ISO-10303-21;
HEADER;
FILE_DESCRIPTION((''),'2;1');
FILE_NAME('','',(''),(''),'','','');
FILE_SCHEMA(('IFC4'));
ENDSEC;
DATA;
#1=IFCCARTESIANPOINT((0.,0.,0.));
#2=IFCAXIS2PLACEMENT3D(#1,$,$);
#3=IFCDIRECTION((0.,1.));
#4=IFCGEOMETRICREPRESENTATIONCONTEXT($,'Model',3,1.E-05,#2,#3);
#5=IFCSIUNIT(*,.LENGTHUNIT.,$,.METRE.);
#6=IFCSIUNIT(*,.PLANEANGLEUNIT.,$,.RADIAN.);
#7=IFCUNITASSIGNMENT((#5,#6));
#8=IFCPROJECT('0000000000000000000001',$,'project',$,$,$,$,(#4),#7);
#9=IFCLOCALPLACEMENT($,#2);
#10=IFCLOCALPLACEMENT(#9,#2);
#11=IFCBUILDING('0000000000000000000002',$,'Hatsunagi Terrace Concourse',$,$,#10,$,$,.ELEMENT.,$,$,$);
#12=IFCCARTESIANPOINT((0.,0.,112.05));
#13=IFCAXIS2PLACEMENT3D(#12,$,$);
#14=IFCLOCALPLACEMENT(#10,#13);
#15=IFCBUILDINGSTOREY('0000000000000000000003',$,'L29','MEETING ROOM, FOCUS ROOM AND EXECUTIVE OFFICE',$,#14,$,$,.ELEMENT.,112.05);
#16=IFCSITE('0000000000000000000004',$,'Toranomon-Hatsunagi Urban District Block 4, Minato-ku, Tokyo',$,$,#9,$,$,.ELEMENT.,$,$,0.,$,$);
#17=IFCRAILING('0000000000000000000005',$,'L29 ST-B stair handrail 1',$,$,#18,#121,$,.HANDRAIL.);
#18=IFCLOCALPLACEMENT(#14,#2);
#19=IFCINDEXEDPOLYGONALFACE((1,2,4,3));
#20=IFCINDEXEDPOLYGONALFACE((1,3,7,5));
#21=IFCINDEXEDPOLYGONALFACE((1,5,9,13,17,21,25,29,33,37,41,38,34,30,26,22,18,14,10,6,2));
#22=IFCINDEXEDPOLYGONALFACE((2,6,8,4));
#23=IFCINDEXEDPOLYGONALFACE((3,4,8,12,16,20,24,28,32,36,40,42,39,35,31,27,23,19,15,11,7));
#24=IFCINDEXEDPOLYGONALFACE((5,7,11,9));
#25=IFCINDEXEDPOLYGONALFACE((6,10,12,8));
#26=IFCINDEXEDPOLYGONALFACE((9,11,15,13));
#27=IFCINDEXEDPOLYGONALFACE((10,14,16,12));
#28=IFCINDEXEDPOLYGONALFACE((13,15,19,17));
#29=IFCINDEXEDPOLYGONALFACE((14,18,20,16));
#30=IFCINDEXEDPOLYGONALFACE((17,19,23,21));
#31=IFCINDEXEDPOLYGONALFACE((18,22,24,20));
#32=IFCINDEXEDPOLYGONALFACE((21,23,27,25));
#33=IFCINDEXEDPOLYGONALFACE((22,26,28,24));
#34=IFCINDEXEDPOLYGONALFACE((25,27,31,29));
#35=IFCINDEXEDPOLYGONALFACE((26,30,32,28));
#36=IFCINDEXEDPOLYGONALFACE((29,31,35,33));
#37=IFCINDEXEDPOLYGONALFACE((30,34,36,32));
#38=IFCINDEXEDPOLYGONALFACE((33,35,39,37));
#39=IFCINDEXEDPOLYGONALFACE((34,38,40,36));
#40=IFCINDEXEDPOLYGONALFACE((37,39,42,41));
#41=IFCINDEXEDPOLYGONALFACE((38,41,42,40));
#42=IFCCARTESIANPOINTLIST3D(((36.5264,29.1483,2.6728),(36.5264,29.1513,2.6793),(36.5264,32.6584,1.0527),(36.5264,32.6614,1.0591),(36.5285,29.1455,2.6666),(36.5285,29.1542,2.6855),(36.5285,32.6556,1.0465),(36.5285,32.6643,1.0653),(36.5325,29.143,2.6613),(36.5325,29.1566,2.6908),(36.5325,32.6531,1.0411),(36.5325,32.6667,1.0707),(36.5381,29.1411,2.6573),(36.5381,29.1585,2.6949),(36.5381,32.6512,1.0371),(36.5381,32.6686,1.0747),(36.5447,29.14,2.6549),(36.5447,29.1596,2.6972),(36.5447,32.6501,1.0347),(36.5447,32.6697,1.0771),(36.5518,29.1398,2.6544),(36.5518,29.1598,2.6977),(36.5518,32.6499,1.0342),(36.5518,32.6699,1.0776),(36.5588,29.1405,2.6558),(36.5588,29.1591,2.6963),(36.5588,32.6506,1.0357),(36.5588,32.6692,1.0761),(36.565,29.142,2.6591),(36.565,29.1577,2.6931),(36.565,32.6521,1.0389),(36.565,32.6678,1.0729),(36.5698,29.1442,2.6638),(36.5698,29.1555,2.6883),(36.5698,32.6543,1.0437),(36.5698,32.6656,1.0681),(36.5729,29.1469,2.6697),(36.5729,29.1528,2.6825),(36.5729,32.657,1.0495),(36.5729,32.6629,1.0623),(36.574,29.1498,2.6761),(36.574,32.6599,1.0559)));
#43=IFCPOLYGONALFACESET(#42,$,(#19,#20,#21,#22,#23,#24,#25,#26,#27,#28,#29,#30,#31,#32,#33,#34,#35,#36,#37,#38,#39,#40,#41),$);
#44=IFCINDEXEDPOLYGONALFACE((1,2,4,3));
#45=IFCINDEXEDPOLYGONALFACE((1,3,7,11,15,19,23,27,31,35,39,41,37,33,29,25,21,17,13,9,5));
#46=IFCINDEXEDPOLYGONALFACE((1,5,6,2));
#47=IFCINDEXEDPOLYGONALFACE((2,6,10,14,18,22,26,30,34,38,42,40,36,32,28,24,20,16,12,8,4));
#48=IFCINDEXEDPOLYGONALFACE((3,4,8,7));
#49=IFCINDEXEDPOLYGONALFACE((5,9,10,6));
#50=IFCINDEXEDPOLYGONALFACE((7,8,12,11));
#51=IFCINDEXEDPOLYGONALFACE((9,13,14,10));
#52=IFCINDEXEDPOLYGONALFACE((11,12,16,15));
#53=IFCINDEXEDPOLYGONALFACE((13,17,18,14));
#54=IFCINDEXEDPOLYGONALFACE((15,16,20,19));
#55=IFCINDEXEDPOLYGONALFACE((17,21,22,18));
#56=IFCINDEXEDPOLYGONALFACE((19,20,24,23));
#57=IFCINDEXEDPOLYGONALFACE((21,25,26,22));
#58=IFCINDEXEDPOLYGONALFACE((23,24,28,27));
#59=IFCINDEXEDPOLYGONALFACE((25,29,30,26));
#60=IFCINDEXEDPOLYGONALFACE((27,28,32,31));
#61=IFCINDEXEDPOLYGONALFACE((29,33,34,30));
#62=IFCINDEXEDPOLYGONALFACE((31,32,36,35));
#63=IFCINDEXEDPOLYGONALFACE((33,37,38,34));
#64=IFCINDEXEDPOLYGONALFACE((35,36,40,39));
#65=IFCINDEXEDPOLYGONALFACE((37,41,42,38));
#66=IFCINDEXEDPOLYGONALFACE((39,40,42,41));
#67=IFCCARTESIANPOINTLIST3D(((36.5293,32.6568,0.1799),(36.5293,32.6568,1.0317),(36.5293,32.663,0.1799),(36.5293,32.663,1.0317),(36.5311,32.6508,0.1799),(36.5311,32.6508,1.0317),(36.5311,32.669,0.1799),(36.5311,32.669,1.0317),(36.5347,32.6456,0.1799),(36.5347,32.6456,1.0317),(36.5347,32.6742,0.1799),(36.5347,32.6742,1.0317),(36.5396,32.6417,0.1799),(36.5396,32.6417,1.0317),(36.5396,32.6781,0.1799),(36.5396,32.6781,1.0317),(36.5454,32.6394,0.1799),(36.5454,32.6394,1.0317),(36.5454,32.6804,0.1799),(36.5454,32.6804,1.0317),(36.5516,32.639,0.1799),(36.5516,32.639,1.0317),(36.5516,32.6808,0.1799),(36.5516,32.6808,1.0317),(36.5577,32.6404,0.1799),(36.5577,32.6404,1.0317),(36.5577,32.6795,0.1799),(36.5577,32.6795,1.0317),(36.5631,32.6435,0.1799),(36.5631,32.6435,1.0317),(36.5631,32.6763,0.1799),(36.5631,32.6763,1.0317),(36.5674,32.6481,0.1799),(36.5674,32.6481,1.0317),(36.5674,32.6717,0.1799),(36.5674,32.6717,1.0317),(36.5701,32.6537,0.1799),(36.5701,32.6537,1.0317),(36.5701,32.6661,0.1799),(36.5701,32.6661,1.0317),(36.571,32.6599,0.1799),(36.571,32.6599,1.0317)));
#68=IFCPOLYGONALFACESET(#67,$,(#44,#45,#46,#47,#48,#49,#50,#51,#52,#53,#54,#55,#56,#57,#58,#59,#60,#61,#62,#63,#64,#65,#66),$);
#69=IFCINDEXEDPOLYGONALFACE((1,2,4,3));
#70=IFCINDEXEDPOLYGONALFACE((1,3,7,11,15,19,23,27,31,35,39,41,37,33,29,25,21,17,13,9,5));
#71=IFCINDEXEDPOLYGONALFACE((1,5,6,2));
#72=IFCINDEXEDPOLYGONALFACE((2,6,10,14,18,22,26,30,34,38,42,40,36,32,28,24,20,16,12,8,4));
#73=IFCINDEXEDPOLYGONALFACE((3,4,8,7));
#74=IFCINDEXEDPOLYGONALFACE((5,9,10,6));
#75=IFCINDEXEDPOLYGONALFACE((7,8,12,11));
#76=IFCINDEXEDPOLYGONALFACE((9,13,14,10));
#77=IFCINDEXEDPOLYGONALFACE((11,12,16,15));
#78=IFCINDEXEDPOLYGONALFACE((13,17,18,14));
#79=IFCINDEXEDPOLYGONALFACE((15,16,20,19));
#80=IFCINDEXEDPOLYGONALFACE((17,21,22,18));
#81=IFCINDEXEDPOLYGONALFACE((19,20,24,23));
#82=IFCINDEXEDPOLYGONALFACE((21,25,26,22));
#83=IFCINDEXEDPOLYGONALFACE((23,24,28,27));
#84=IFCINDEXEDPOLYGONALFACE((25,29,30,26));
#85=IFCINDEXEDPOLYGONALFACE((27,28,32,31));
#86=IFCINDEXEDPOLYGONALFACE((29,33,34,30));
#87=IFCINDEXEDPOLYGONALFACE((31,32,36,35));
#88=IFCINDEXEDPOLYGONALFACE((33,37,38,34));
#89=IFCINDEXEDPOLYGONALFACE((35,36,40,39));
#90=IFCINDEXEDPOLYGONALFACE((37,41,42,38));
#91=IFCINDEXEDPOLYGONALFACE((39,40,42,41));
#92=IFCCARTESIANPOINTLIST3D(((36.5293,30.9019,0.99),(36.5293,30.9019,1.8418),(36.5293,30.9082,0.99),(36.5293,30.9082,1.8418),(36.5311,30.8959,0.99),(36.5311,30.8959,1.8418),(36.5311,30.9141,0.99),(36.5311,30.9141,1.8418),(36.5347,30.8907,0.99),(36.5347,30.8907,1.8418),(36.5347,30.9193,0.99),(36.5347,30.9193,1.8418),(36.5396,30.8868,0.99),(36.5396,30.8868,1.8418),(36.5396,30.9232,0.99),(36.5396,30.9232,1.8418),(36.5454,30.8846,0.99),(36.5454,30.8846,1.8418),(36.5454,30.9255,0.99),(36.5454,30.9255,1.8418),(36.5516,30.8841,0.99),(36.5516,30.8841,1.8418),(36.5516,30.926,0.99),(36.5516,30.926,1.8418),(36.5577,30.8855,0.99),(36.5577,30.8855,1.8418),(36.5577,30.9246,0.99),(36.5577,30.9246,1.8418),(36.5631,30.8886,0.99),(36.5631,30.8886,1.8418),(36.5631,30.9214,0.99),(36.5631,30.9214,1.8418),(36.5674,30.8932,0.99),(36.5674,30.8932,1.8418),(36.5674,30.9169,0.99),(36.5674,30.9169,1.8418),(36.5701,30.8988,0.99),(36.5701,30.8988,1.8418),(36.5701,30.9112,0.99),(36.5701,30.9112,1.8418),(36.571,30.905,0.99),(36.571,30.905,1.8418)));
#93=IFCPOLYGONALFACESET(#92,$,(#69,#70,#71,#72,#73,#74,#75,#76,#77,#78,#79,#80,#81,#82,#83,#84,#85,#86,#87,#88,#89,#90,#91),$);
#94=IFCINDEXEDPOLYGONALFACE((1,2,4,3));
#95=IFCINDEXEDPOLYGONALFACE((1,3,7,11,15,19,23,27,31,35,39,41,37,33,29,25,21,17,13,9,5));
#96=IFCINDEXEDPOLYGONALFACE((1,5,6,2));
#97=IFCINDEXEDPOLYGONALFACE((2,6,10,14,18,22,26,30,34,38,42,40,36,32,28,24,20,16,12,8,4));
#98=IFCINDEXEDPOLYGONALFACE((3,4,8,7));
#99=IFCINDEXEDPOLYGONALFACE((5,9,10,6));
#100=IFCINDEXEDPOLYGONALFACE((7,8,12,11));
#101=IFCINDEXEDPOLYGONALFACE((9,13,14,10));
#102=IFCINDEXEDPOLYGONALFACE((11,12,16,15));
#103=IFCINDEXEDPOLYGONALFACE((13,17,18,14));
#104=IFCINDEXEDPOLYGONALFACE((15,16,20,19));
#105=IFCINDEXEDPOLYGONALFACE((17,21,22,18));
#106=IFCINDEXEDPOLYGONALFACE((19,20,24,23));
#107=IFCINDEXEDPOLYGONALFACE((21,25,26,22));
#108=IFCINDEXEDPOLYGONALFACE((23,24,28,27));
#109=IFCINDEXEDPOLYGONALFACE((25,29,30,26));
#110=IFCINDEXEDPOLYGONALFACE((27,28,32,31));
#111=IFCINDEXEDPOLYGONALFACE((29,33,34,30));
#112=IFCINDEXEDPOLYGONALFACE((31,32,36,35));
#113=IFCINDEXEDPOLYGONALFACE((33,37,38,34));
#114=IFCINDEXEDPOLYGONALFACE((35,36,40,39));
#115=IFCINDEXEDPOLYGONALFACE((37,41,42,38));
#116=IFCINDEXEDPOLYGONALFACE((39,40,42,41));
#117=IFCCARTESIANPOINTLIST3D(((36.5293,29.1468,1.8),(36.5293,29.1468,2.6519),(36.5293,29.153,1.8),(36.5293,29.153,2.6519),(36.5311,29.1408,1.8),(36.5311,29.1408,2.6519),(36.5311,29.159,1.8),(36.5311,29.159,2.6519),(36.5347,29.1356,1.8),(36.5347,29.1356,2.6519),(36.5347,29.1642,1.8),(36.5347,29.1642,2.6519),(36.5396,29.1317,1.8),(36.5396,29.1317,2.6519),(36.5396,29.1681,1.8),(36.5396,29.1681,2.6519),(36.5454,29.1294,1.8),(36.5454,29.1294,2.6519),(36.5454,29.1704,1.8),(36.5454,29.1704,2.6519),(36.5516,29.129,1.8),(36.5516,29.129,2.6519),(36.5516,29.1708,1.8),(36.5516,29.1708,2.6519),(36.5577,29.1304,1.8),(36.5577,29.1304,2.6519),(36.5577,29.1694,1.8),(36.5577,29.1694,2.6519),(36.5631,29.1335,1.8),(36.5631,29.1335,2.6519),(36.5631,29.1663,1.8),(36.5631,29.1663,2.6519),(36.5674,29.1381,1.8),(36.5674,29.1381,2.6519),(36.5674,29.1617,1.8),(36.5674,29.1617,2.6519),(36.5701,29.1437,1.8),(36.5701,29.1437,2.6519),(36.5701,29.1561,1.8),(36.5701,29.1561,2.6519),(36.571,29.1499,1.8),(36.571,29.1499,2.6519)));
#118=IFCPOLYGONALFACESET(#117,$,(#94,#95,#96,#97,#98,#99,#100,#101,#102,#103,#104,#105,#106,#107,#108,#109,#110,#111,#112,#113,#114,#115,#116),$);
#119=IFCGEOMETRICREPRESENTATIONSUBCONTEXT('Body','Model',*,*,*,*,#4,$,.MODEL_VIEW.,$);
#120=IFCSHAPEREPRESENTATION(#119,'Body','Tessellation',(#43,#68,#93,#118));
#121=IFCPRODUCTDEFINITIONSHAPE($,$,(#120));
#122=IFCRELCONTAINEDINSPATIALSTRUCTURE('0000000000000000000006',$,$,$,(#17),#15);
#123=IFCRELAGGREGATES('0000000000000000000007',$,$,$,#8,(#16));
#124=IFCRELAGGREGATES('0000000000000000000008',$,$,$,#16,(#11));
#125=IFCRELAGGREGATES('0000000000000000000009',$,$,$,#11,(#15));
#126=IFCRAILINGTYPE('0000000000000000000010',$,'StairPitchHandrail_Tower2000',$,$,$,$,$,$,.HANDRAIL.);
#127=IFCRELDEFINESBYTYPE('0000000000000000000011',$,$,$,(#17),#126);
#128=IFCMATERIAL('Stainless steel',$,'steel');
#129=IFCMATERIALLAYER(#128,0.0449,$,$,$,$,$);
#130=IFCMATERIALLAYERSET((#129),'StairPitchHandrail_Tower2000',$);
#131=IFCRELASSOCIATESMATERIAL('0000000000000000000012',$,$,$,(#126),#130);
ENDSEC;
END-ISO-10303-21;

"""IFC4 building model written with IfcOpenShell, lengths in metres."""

from ifc_helpers import new_model, si_unit, direction, frame, origin, origin_2d, place, context, subcontext, project, spatial, circle, extrude, material, layer, layer_set, type_object, element, save


model = new_model("IFC4")

# Units and contexts
model_context = context("Model", 3, precision=1e-05, world=origin(), true_north=direction((0.0, 1.0)))
body_context = subcontext(model_context, "Body", "Model", "MODEL_VIEW")
ifc_project = project(units=[si_unit("LENGTHUNIT", "METRE"), si_unit("PLANEANGLEUNIT", "RADIAN")], contexts=[model_context])

# Site, building, storey
site_placement = place(None, origin())
site = spatial("IfcSite", under=ifc_project, at=site_placement, Name="Toranomon-Hatsunagi Urban District Block 4, Minato-ku, Tokyo", CompositionType="ELEMENT", RefElevation=0.0)
building_placement = place(site_placement, origin())
building = spatial("IfcBuilding", under=site, at=building_placement, Name="Hatsunagi Terrace Concourse", CompositionType="ELEMENT")
storey_placement = place(building_placement, frame((0.0, 0.0, 112.05)))
storey = spatial("IfcBuildingStorey", under=building, at=storey_placement, Name="L29", Description="MEETING ROOM, FOCUS ROOM AND EXECUTIVE OFFICE", CompositionType="ELEMENT", Elevation=112.05)

# Railing
ifc_material_1 = material(Name="Stainless steel", Category="steel")
ifc_layer_1 = layer(ifc_material_1, 0.0449)
ifc_layer_set_1 = layer_set([ifc_layer_1], Name="StairPitchHandrail_Tower2000")
railing_type_1 = type_object("IfcRailingType", Name="StairPitchHandrail_Tower2000", PredefinedType="HANDRAIL", material=ifc_layer_set_1)
railing_1_placement = place(storey_placement, frame((36.55, 32.6599, 0.1799)))
element("IfcRailing", 1, at=railing_1_placement, inside=storey, type_object=railing_type_1, Name="L29 ST-B stair handrail 1", PredefinedType="HANDRAIL", context=body_context, shape_type="SweptSolid", body=[
    extrude(circle(Radius=0.0239, at=origin_2d()), frame((0.0, 0.0, 0.876), z_axis=(0.0, -0.907948, 0.419082), x_axis=(1.0, 0.0, 0.0)), (0.0, 0.0, 1.0), 3.866),
    extrude(circle(Radius=0.021, at=origin_2d()), origin(), (0.0, 0.0, 1.0), 0.8518),
    extrude(circle(Radius=0.021, at=origin_2d()), frame((0.0, -1.7549, 0.8101)), (0.0, 0.0, 1.0), 0.8518),
    extrude(circle(Radius=0.021, at=origin_2d()), frame((0.0, -3.51, 1.6201)), (0.0, 0.0, 1.0), 0.8518),
])

save(model, "model.ifc")
